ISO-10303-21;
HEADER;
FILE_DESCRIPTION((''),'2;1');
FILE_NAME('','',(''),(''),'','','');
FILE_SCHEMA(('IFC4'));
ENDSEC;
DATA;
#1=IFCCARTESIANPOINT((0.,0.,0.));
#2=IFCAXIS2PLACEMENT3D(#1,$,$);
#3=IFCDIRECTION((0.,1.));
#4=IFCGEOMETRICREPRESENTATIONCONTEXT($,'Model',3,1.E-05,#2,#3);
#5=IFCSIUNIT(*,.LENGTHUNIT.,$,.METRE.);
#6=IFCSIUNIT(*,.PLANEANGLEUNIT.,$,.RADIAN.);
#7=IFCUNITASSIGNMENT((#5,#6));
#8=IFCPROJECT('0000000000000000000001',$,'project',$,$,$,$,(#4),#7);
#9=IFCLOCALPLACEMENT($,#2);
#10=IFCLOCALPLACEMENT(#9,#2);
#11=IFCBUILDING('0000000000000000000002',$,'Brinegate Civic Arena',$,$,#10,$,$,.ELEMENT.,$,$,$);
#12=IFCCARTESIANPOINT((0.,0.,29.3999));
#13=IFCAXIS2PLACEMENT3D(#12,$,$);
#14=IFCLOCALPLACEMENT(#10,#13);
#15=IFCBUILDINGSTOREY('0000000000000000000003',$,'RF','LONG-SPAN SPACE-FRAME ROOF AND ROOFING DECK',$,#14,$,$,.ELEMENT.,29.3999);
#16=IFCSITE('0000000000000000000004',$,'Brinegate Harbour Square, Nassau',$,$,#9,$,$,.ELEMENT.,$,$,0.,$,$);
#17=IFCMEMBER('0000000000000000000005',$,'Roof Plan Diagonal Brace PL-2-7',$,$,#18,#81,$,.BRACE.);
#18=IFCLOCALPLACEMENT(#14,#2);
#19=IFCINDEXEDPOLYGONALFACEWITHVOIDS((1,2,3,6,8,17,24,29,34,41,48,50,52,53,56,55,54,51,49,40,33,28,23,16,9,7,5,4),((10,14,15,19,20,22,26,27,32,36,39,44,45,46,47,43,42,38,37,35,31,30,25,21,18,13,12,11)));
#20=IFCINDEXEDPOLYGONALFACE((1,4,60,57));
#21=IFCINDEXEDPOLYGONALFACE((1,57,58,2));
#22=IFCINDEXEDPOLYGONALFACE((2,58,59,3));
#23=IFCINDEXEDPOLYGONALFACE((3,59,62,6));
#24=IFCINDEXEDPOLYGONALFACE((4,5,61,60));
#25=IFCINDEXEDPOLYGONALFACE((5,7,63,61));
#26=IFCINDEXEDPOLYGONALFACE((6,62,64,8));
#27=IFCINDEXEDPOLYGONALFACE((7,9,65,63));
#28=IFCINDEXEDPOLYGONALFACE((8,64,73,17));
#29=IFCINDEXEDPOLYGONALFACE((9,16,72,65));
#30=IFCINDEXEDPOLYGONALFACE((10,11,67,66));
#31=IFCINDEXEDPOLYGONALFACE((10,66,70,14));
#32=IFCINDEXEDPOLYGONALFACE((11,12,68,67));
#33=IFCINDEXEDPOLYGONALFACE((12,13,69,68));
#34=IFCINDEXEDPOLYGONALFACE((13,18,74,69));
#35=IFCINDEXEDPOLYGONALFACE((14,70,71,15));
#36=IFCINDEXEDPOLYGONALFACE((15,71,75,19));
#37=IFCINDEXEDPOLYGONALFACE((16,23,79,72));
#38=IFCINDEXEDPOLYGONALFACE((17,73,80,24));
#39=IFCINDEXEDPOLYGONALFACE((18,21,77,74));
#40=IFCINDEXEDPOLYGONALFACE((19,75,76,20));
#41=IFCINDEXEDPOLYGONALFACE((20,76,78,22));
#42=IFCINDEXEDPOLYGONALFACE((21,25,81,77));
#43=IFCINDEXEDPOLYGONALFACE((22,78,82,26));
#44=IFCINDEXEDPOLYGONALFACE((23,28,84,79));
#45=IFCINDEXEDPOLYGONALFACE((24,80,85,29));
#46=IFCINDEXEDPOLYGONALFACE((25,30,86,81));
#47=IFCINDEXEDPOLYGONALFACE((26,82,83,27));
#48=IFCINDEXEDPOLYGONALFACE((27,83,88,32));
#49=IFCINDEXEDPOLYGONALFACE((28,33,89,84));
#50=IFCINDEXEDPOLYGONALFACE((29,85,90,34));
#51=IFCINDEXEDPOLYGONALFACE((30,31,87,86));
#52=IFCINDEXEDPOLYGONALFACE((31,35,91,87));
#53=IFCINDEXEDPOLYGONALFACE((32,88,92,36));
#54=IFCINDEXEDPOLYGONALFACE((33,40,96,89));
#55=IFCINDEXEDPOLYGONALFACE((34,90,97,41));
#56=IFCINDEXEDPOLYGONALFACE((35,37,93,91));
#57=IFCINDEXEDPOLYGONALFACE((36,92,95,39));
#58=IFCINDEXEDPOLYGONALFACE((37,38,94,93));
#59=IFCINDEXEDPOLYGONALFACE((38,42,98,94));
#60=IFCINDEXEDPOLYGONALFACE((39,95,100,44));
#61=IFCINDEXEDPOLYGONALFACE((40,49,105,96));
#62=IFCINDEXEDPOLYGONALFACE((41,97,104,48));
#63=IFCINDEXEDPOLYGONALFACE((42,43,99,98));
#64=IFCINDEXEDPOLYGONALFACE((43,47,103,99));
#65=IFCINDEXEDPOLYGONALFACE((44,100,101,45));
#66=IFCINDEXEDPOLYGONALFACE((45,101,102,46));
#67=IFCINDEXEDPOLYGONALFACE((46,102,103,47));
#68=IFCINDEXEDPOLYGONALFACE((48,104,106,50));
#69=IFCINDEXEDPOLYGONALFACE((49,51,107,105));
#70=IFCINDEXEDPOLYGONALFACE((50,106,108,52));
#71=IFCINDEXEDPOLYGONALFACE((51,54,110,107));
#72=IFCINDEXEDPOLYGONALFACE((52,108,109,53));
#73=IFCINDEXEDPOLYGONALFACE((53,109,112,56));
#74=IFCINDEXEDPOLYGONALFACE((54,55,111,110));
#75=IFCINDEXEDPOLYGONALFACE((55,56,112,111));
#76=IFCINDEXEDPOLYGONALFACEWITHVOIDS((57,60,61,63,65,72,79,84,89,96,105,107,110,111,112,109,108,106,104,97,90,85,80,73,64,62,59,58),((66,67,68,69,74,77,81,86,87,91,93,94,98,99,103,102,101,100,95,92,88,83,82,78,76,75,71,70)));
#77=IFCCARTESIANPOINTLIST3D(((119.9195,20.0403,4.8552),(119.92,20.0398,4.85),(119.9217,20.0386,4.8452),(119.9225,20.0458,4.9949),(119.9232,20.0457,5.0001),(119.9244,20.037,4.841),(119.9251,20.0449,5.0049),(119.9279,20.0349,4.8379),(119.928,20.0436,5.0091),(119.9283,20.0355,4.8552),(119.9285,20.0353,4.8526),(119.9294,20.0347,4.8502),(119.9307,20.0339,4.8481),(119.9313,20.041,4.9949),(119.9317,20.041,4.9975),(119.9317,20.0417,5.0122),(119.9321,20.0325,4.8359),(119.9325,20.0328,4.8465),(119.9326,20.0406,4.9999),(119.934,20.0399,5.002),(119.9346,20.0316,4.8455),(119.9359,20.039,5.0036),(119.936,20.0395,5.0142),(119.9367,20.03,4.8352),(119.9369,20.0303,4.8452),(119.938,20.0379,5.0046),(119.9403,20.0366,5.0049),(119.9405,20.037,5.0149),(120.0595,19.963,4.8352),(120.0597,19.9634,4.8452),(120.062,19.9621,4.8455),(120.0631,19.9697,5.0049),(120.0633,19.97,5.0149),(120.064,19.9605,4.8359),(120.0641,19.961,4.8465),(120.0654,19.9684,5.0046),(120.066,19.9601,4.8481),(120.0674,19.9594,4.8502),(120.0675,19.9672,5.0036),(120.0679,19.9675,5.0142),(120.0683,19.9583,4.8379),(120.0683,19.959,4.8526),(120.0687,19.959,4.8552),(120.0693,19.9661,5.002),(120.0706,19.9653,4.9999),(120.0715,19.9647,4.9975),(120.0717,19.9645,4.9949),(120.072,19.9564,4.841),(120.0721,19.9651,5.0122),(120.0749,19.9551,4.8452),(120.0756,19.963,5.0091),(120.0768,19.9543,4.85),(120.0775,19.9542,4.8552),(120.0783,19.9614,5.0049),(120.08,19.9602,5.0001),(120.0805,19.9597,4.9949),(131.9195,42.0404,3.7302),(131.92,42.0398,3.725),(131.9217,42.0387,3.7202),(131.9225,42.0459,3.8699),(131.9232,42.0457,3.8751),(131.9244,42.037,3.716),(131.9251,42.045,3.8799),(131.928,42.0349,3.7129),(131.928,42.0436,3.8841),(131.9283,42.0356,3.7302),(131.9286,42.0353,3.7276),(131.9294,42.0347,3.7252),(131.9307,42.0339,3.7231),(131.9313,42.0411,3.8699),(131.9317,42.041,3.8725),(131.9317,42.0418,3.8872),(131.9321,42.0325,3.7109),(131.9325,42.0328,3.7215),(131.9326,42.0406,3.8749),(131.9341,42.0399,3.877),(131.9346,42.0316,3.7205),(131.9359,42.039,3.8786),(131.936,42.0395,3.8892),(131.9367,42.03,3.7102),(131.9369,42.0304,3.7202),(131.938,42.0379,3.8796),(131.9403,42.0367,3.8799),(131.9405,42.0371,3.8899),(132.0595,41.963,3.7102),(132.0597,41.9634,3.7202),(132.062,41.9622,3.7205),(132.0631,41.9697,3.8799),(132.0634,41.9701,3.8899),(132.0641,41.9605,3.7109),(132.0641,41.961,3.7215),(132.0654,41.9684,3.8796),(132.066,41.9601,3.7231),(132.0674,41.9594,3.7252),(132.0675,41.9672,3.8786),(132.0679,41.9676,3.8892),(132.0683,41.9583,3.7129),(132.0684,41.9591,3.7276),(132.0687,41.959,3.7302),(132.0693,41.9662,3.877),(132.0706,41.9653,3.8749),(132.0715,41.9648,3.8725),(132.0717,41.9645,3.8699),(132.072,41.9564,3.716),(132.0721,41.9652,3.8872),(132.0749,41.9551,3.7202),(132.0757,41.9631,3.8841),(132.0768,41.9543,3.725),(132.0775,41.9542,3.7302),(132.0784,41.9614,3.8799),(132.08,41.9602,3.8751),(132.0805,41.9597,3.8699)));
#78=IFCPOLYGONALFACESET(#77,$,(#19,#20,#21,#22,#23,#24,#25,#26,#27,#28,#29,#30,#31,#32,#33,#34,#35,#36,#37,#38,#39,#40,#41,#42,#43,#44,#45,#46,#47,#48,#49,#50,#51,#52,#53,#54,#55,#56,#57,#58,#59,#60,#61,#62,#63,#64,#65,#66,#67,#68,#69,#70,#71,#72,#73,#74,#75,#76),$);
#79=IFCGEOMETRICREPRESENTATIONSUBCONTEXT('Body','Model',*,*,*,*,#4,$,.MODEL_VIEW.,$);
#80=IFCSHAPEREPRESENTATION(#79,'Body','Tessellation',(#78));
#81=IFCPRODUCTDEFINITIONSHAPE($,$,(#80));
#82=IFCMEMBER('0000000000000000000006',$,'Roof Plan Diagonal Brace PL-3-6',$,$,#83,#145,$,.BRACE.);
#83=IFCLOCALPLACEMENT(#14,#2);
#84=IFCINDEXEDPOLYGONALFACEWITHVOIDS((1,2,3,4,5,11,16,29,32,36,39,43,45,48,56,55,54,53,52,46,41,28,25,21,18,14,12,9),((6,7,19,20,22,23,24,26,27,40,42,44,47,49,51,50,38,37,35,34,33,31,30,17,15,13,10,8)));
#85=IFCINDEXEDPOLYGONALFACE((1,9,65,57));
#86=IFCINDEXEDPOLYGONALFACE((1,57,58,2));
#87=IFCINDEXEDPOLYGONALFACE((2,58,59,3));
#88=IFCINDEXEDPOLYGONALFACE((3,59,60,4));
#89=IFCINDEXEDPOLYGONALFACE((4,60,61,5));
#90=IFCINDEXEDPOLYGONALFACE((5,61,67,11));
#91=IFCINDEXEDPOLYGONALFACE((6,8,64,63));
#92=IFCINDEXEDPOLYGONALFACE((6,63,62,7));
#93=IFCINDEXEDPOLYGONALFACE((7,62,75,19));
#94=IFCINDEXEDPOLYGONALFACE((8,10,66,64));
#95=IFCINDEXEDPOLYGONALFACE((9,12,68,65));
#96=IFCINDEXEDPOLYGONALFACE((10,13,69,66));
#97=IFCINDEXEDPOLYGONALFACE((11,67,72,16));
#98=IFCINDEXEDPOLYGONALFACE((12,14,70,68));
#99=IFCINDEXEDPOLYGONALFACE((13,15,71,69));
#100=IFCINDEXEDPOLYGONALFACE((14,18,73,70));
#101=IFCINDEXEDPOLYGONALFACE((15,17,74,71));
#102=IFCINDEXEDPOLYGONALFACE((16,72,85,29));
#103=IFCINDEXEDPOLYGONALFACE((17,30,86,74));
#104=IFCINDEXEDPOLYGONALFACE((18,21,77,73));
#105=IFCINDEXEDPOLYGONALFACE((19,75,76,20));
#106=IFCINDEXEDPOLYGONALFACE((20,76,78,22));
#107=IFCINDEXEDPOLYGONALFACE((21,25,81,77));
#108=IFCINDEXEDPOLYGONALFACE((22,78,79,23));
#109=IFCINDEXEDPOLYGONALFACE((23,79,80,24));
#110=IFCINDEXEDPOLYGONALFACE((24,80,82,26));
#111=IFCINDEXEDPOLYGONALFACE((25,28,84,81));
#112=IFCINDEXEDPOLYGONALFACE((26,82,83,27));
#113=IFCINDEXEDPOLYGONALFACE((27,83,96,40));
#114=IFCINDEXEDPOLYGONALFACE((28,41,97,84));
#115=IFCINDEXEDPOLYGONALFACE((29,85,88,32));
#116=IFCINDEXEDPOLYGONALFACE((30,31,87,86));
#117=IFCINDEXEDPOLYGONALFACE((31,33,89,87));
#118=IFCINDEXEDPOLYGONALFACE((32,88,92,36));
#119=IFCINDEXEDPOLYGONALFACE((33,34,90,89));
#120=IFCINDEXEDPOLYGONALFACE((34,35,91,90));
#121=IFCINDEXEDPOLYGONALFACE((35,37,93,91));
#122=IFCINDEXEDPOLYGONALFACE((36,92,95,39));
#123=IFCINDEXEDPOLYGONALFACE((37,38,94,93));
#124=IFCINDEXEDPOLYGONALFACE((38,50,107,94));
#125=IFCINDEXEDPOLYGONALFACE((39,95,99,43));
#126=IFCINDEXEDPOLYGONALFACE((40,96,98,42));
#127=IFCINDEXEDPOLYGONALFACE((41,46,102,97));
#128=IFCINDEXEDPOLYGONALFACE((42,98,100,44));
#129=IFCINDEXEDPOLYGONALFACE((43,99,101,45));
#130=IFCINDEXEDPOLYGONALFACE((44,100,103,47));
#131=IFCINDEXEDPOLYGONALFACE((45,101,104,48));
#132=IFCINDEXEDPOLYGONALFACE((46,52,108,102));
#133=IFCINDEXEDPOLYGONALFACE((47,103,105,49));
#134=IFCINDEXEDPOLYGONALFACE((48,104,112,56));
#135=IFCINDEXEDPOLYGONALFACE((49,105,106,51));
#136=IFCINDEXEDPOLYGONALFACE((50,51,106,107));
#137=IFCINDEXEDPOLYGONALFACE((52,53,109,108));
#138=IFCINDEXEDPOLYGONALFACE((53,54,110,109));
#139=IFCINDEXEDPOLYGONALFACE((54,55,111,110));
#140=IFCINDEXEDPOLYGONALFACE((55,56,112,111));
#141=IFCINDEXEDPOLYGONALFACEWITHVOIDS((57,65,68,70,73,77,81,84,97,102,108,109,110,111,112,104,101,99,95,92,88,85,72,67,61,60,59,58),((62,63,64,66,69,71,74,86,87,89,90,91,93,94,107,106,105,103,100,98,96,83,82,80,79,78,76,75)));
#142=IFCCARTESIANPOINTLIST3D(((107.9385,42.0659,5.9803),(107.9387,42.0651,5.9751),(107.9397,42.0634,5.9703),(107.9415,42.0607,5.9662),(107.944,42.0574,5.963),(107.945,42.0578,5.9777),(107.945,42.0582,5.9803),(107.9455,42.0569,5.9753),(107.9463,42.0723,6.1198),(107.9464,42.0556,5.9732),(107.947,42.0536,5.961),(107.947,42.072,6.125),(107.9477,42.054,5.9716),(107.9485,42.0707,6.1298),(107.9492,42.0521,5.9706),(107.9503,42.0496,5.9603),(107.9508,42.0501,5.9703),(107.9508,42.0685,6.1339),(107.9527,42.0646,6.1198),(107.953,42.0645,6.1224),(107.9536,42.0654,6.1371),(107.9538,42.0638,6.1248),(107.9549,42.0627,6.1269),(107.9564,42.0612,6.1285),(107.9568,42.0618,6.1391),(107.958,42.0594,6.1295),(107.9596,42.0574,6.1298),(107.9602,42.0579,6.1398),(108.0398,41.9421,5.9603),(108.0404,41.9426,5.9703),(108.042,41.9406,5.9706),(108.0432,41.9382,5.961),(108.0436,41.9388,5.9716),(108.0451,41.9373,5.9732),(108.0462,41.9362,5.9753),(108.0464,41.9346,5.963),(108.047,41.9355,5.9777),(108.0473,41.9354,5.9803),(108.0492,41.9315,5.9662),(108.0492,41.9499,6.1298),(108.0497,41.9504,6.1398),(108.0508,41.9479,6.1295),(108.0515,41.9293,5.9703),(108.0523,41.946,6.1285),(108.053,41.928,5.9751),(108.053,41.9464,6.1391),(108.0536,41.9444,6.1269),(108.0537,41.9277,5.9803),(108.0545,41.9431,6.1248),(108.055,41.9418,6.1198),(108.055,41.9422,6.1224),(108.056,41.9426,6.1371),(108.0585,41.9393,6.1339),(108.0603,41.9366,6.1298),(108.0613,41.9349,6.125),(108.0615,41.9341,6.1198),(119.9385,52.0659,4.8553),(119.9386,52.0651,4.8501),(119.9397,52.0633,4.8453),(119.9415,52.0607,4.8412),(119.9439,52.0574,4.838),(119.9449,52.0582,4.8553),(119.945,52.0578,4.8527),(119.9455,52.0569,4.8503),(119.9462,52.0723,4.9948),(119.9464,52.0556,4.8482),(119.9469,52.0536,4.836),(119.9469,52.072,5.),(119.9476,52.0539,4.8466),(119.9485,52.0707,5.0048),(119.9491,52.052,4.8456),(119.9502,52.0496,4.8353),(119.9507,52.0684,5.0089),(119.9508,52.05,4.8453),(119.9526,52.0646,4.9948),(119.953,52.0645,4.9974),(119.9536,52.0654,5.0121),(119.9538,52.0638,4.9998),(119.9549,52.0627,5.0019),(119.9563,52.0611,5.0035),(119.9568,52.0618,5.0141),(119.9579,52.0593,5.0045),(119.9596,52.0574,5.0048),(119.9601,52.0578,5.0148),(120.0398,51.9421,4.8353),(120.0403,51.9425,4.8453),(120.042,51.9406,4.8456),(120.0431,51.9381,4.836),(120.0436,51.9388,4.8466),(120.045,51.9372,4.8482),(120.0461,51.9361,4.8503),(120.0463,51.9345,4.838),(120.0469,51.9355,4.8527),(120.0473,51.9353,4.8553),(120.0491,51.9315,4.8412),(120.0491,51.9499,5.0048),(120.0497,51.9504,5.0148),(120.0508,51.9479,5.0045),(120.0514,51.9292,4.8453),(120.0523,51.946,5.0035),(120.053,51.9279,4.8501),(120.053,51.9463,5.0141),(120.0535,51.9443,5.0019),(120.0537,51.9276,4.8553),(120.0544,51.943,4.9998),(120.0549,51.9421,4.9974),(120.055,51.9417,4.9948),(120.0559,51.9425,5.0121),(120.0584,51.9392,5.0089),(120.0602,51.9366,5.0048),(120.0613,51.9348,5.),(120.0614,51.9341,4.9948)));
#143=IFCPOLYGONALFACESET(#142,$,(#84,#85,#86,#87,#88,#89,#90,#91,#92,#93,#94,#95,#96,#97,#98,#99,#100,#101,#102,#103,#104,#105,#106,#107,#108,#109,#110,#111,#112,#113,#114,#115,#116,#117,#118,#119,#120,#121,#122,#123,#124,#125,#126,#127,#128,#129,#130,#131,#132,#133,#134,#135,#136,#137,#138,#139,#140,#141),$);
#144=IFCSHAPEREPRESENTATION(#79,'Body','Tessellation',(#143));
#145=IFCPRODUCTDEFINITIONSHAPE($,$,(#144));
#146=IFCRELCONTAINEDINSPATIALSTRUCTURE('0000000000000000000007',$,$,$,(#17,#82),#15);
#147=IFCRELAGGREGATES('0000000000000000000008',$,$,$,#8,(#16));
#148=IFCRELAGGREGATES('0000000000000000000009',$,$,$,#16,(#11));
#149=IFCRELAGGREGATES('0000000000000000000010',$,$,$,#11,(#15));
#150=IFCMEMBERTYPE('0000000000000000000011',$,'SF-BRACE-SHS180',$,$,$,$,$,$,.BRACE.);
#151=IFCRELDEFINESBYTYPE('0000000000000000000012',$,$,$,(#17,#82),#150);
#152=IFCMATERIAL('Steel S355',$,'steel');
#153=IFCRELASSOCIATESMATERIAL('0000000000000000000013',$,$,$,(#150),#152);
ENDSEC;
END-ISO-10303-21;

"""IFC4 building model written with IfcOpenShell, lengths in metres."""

from ifc_helpers import new_model, si_unit, direction, frame, origin, origin_2d, place, context, subcontext, project, spatial, hollow_rectangle, extrude, material, material_profile, profile_set, type_object, element, save


model = new_model("IFC4")

# Units and contexts
model_context = context("Model", 3, precision=1e-05, world=origin(), true_north=direction((0.0, 1.0)))
body_context = subcontext(model_context, "Body", "Model", "MODEL_VIEW")
ifc_project = project(units=[si_unit("LENGTHUNIT", "METRE"), si_unit("PLANEANGLEUNIT", "RADIAN")], contexts=[model_context])

# Site, building, storey
site_placement = place(None, origin())
site = spatial("IfcSite", under=ifc_project, at=site_placement, Name="Brinegate Harbour Square, Nassau", CompositionType="ELEMENT", RefElevation=0.0)
building_placement = place(site_placement, origin())
building = spatial("IfcBuilding", under=site, at=building_placement, Name="Brinegate Civic Arena", CompositionType="ELEMENT")
storey_placement = place(building_placement, frame((0.0, 0.0, 29.3999)))
storey = spatial("IfcBuildingStorey", under=building, at=storey_placement, Name="RF", Description="LONG-SPAN SPACE-FRAME ROOF AND ROOFING DECK", CompositionType="ELEMENT", Elevation=29.3999)

# Members
ifc_material = material(Name="Steel S355", Category="steel")
ifc_material_profile_1 = material_profile(ifc_material, hollow_rectangle(XDim=0.1799, YDim=0.1799, WallThickness=0.01, InnerFilletRadius=0.01, OuterFilletRadius=0.02, at=origin_2d()), Name="SHS180X10")
ifc_profile_set_1 = profile_set([ifc_material_profile_1], Name="Steel S355")
member_type_1 = type_object("IfcMemberType", Name="SF-BRACE-SHS180", PredefinedType="BRACE", material=ifc_profile_set_1)
member_1_placement = place(storey_placement, frame((120.0, 20.0, 4.925), z_axis=(0.47837, 0.877012, -0.044847), x_axis=(-0.877896, 0.478852, 0.0)))
element("IfcMember", 1, at=member_1_placement, inside=storey, type_object=member_type_1, Name="Roof Plan Diagonal Brace PL-2-7", PredefinedType="BRACE", context=body_context, shape_type="SweptSolid", body=[
    extrude(hollow_rectangle(XDim=0.1799, YDim=0.1799, WallThickness=0.01, InnerFilletRadius=0.01, OuterFilletRadius=0.02, at=origin_2d()), origin(), (0.0, 0.0, 1.0), 25.0852),
])
member_2_placement = place(storey_placement, frame((108.0, 42.0, 6.05), z_axis=(0.766237, 0.638531, -0.071835), x_axis=(-0.640184, 0.768221, 0.0)))
element("IfcMember", 2, at=member_2_placement, inside=storey, type_object=member_type_1, Name="Roof Plan Diagonal Brace PL-3-6", PredefinedType="BRACE", context=body_context, shape_type="SweptSolid", body=[
    extrude(hollow_rectangle(XDim=0.1799, YDim=0.1799, WallThickness=0.01, InnerFilletRadius=0.01, OuterFilletRadius=0.02, at=origin_2d()), origin(), (0.0, 0.0, 1.0), 15.6609),
])

save(model, "model.ifc")
